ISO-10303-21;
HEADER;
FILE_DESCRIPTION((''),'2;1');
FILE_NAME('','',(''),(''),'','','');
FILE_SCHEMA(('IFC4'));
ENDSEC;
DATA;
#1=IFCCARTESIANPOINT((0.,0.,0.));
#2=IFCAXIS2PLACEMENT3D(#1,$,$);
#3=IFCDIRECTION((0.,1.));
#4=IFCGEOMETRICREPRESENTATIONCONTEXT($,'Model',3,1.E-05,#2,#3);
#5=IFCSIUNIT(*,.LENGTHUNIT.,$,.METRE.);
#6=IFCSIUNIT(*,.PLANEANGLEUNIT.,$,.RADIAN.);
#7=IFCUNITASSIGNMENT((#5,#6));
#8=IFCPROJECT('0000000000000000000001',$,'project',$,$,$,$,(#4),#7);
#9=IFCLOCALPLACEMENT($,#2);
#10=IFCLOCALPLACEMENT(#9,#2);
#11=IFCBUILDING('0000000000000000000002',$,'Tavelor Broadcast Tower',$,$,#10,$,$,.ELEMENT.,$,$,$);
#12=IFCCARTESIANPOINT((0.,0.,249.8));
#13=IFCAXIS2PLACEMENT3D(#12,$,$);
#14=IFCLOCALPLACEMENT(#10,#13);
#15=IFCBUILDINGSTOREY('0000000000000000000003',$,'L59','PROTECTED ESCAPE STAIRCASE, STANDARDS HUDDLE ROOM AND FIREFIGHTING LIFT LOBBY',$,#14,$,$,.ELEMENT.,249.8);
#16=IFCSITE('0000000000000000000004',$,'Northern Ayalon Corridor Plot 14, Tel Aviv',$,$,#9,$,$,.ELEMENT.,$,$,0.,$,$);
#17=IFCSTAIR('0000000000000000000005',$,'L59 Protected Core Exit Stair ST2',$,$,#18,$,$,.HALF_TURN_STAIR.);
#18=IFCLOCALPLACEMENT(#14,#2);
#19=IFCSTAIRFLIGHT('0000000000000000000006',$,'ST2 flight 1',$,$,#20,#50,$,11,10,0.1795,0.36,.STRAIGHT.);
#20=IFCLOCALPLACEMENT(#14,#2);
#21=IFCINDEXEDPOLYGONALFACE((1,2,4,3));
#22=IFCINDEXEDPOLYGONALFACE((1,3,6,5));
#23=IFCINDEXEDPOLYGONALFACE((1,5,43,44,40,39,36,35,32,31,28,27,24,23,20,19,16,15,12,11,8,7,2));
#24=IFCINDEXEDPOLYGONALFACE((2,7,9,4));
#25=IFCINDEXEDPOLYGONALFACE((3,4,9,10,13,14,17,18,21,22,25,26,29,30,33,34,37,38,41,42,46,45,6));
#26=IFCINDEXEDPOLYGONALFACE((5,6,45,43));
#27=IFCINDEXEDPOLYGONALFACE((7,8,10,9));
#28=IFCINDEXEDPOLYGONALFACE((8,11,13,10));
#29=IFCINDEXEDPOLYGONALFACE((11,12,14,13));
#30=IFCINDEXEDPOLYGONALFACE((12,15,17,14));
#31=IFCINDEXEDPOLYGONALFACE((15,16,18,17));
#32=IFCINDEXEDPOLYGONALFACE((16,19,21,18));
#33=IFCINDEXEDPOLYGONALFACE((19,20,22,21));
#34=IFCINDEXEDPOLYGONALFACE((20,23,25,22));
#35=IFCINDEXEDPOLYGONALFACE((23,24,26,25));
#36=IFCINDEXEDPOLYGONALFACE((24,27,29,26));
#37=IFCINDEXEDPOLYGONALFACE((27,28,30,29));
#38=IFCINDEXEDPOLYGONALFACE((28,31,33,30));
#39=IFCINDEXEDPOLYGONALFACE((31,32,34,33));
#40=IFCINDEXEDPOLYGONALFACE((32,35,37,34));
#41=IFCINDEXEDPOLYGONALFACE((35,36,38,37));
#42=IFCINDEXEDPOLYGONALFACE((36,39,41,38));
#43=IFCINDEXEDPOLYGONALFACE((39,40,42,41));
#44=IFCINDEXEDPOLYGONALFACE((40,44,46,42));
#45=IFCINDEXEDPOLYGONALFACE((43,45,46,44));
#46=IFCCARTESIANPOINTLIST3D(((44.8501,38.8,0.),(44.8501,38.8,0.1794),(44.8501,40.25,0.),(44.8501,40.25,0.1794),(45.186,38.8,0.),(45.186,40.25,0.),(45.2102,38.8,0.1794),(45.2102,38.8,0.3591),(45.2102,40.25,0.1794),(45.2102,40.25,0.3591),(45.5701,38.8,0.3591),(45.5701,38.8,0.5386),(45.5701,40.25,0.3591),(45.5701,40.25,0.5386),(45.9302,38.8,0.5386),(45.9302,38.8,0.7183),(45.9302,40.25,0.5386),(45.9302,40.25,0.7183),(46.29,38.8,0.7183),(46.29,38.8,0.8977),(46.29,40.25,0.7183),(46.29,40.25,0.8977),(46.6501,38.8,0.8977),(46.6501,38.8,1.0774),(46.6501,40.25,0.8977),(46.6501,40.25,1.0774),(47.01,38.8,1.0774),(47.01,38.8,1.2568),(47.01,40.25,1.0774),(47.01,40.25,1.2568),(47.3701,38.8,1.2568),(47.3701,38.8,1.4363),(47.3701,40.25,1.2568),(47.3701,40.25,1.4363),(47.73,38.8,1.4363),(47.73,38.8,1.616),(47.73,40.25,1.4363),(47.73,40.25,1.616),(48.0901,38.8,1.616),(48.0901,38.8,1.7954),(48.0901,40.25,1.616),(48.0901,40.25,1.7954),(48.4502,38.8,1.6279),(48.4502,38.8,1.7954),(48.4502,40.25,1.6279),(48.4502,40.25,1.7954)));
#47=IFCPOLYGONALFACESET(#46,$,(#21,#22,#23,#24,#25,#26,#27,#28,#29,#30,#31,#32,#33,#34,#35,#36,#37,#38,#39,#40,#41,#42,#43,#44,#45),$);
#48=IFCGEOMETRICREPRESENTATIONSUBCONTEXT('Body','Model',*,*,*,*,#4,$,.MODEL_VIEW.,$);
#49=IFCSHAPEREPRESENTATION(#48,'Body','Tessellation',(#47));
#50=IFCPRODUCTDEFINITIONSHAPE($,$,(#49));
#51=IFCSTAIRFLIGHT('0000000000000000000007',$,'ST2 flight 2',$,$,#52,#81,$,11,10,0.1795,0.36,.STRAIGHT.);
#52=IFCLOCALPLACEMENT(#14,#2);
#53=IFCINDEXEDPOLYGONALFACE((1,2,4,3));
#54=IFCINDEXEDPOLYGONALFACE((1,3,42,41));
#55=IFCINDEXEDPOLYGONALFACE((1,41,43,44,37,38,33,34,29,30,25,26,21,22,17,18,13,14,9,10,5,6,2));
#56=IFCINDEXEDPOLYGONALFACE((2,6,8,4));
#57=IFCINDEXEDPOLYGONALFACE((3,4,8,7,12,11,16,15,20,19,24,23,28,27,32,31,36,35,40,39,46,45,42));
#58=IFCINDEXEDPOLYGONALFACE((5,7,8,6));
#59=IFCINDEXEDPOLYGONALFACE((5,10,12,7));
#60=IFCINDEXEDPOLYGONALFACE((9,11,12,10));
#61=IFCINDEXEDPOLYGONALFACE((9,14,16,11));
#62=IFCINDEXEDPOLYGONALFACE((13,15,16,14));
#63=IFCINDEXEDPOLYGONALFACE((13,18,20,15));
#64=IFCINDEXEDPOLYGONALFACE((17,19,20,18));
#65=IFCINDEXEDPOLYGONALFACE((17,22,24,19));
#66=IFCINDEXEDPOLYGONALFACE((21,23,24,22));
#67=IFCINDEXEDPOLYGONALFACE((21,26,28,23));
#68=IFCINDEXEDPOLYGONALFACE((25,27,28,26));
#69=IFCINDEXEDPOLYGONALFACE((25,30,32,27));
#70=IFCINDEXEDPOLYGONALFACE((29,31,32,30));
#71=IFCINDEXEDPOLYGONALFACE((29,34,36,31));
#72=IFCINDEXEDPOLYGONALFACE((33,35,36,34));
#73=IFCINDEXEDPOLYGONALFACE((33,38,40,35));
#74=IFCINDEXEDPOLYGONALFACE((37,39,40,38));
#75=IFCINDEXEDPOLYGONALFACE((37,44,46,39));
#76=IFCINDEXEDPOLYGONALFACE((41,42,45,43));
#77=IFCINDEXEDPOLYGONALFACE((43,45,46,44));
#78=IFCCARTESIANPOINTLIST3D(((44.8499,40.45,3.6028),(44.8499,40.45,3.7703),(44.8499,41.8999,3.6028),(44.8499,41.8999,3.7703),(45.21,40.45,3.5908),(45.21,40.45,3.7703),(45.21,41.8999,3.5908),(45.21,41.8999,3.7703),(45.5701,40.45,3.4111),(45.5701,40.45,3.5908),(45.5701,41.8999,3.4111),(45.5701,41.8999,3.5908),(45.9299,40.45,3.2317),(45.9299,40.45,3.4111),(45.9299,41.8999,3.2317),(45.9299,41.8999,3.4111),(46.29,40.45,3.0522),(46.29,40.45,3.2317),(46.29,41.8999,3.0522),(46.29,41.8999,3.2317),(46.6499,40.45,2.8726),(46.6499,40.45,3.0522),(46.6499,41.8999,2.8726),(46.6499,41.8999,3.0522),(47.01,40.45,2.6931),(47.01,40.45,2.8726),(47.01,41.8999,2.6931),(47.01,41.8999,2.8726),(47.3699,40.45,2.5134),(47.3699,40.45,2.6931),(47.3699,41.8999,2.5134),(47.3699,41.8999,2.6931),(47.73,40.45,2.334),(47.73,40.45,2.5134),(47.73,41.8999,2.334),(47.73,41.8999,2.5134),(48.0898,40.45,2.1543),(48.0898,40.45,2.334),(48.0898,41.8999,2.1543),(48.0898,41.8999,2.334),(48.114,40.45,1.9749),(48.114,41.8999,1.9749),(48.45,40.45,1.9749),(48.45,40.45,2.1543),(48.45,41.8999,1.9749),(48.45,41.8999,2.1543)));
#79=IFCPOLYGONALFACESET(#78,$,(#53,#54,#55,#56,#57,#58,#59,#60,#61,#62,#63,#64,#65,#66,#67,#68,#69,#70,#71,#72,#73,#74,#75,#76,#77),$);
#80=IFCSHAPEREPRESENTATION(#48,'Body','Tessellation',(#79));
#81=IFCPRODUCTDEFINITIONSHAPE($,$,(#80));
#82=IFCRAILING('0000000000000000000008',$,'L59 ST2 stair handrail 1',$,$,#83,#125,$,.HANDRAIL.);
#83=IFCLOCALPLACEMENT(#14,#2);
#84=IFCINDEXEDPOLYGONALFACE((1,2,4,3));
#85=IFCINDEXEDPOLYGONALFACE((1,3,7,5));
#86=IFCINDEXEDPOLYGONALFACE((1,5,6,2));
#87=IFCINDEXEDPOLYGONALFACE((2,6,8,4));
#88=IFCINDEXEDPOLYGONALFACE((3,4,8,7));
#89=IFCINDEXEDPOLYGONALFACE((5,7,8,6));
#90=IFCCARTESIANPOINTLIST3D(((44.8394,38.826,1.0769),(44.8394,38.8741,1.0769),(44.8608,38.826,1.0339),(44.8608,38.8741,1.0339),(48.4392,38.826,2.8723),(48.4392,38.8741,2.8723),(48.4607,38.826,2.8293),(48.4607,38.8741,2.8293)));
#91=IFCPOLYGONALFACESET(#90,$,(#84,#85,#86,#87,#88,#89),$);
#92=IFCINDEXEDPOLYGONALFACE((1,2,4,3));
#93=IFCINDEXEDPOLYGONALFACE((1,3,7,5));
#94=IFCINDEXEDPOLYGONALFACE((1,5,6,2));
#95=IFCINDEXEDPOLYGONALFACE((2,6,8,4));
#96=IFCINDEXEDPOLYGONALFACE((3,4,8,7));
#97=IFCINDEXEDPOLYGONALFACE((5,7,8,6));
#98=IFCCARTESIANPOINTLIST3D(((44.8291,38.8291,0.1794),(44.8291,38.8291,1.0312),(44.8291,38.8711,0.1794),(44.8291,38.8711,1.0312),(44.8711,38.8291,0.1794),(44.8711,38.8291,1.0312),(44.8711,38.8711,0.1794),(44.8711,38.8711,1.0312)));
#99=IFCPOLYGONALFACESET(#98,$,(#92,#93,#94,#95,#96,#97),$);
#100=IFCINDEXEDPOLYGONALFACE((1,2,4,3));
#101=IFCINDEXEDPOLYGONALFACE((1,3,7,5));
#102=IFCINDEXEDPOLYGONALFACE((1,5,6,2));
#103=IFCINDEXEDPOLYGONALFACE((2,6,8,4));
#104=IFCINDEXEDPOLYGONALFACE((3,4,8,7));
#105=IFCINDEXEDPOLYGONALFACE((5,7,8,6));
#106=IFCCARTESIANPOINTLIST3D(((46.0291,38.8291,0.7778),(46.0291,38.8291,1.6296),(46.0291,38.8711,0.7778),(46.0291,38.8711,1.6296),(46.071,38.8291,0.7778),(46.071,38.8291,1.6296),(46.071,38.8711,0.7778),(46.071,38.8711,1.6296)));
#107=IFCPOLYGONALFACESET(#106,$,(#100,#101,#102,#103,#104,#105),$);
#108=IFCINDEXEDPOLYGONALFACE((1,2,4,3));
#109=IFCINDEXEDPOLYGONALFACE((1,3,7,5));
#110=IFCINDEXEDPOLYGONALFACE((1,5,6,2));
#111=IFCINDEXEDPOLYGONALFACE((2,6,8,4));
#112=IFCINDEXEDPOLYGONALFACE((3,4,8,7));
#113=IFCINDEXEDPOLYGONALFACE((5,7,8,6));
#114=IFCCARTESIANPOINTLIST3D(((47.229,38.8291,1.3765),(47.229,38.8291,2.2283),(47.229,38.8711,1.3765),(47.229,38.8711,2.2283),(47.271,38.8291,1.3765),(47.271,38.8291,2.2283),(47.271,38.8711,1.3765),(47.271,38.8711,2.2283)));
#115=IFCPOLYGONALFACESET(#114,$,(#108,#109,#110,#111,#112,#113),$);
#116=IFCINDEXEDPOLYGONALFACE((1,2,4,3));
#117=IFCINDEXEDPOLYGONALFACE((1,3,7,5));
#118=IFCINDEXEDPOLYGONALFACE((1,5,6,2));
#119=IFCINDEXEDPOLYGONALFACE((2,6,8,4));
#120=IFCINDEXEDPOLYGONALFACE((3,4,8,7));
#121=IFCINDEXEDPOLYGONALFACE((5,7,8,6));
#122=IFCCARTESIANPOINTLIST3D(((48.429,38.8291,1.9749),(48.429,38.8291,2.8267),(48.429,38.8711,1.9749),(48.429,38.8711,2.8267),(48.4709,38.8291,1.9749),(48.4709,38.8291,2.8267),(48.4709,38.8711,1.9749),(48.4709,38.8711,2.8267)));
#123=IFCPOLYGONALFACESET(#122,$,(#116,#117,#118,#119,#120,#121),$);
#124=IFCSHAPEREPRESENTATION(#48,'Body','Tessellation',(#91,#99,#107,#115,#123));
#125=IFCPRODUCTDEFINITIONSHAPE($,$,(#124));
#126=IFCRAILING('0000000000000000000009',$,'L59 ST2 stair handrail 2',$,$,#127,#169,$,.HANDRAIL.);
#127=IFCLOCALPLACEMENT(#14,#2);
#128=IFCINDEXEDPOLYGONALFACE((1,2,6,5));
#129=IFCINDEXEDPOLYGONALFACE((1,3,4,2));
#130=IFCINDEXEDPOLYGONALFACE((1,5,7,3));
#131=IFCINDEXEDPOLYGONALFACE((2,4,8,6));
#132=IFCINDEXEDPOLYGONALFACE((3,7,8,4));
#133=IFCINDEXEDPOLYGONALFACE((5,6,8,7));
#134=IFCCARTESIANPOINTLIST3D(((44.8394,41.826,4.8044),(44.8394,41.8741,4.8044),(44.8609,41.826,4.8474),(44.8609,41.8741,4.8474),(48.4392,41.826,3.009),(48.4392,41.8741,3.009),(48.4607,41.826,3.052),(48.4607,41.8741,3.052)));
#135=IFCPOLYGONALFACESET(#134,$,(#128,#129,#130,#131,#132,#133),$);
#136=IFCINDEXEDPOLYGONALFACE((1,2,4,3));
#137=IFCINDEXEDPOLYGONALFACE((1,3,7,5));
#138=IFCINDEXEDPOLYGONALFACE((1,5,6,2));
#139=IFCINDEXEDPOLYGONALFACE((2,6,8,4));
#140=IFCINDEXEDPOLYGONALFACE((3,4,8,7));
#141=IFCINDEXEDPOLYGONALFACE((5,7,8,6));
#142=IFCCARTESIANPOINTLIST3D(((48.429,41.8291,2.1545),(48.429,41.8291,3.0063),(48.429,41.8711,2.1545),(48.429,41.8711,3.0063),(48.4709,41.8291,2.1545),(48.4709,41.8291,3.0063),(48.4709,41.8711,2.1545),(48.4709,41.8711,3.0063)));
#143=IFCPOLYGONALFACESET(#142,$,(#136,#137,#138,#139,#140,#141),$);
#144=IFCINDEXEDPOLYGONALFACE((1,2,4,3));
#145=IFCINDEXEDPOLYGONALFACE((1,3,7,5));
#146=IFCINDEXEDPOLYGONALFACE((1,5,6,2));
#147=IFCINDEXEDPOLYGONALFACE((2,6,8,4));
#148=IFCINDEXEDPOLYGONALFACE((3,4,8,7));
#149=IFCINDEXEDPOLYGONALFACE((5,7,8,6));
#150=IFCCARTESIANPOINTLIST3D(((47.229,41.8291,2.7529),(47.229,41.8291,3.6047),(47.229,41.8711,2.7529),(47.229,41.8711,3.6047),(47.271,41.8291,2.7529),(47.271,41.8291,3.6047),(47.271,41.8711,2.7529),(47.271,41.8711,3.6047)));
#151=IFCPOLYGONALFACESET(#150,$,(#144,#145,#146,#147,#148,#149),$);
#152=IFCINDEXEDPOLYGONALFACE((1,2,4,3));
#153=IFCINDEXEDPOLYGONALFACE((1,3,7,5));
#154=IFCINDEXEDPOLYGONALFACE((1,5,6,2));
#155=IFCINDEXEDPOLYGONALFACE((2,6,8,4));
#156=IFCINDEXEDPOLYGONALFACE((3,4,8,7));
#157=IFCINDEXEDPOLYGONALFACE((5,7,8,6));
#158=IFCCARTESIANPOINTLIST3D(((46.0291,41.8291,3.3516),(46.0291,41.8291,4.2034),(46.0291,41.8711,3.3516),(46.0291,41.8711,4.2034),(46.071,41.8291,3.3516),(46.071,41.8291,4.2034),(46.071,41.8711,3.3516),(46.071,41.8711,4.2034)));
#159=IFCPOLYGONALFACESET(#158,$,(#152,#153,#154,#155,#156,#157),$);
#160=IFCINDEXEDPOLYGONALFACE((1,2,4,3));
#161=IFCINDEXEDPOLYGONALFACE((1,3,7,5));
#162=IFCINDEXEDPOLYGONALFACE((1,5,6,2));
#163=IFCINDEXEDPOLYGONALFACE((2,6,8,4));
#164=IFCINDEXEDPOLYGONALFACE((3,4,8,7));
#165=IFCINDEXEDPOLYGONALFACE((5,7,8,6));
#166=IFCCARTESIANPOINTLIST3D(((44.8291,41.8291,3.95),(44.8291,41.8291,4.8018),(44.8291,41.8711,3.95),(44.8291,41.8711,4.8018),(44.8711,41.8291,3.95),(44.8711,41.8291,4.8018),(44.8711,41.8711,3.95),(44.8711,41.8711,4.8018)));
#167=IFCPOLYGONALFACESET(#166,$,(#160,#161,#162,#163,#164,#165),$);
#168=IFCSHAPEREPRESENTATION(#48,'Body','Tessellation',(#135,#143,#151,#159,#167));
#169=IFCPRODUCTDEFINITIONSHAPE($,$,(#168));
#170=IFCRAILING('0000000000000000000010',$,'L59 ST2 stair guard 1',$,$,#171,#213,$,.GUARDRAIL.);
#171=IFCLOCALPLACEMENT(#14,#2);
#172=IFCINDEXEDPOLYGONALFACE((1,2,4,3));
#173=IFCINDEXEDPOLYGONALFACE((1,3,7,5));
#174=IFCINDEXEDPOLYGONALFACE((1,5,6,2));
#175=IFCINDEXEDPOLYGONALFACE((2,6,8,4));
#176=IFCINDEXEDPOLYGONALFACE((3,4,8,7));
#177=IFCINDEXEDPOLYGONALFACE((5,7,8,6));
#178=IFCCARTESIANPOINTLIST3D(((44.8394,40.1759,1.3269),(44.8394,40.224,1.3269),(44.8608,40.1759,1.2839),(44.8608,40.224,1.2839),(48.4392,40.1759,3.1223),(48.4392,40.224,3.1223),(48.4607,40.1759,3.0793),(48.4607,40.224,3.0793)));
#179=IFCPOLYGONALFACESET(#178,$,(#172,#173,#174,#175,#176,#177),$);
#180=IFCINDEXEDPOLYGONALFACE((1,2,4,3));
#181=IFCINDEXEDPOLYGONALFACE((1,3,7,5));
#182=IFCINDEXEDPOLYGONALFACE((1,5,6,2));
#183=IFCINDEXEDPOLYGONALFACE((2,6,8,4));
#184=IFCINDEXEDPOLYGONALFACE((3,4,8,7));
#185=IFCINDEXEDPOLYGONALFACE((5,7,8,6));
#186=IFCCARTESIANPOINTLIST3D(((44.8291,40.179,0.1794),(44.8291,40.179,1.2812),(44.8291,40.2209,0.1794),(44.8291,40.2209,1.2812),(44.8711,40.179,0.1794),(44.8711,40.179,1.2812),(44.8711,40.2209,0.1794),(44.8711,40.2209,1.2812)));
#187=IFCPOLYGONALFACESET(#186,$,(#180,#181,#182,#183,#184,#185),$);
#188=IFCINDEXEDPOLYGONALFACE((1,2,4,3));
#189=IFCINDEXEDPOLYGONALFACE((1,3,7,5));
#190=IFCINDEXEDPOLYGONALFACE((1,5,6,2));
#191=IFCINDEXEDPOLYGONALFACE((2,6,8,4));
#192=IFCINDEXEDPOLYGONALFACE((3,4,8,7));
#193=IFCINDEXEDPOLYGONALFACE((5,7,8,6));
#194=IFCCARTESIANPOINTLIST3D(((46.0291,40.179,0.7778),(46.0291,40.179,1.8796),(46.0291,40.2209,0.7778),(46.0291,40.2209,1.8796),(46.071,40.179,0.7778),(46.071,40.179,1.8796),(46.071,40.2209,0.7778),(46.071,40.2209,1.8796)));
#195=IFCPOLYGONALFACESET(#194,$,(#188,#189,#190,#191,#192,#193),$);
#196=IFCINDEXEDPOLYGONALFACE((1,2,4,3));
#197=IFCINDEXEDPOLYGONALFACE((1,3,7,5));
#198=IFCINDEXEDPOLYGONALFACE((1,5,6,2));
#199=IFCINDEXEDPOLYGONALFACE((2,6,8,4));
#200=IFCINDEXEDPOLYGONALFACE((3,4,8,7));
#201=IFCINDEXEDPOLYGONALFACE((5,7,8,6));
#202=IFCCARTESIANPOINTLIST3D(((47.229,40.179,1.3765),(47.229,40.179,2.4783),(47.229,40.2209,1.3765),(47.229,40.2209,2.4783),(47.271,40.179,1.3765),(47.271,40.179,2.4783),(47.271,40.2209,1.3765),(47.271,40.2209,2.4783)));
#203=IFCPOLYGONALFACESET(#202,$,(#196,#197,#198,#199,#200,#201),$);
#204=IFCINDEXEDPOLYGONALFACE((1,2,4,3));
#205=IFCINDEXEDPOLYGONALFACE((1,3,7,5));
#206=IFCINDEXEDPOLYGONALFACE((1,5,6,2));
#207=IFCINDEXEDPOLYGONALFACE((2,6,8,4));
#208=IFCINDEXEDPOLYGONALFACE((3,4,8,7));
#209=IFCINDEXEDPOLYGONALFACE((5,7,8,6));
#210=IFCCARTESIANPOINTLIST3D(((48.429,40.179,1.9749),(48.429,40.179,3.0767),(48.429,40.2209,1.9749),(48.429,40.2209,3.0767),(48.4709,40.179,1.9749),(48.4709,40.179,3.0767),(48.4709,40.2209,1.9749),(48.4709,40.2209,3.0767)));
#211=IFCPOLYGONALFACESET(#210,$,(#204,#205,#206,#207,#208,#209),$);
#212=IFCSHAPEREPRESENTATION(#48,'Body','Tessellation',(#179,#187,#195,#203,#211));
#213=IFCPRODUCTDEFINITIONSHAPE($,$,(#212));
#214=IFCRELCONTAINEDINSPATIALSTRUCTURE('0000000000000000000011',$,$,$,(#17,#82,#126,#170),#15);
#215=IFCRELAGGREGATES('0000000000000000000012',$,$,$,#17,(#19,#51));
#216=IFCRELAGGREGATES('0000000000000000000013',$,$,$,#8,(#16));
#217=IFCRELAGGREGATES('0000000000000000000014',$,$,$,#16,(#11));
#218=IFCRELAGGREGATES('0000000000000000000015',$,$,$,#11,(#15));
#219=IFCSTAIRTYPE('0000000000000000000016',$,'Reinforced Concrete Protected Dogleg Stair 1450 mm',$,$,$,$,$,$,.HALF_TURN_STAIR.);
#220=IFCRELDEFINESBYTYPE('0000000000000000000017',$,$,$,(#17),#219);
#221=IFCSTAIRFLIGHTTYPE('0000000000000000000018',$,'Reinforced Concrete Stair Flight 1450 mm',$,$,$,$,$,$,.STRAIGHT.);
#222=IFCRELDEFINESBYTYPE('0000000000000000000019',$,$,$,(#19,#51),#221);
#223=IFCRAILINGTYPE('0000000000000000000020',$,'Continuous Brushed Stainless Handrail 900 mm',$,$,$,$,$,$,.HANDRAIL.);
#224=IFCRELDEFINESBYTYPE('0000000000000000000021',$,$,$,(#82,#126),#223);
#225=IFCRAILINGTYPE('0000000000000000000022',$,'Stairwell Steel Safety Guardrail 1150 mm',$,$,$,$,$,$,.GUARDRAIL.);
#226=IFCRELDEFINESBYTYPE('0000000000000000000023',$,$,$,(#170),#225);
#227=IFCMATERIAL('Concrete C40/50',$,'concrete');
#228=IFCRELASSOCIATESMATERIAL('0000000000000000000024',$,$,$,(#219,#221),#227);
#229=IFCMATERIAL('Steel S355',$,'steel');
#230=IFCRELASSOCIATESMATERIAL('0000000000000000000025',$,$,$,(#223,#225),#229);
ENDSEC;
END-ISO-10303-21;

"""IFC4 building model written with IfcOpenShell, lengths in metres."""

from ifc_helpers import new_model, si_unit, direction, frame, origin, origin_2d, place, context, subcontext, project, spatial, polyline, rectangle, outline, extrude, material, type_object, element, aggregate, save


model = new_model("IFC4")

# Units and contexts
model_context = context("Model", 3, precision=1e-05, world=origin(), true_north=direction((0.0, 1.0)))
body_context = subcontext(model_context, "Body", "Model", "MODEL_VIEW")
ifc_project = project(units=[si_unit("LENGTHUNIT", "METRE"), si_unit("PLANEANGLEUNIT", "RADIAN")], contexts=[model_context])

# Site, building, storey
site_placement = place(None, origin())
site = spatial("IfcSite", under=ifc_project, at=site_placement, Name="Northern Ayalon Corridor Plot 14, Tel Aviv", CompositionType="ELEMENT", RefElevation=0.0)
building_placement = place(site_placement, origin())
building = spatial("IfcBuilding", under=site, at=building_placement, Name="Tavelor Broadcast Tower", CompositionType="ELEMENT")
storey_placement = place(building_placement, frame((0.0, 0.0, 249.8)))
storey = spatial("IfcBuildingStorey", under=building, at=storey_placement, Name="L59", Description="PROTECTED ESCAPE STAIRCASE, STANDARDS HUDDLE ROOM AND FIREFIGHTING LIFT LOBBY", CompositionType="ELEMENT", Elevation=249.8)

# Shared definitions
ifc_material_1 = material(Name="Concrete C40/50", Category="concrete")
ifc_material_2 = material(Name="Steel S355", Category="steel")

# Stair, stair flights
stair_type = type_object("IfcStairType", Name="Reinforced Concrete Protected Dogleg Stair 1450 mm", PredefinedType="HALF_TURN_STAIR", material=ifc_material_1)
stair_placement = place(storey_placement, origin())
stair = element("IfcStair", 1, at=stair_placement, inside=storey, type_object=stair_type, Name="L59 Protected Core Exit Stair ST2", PredefinedType="HALF_TURN_STAIR")
stair_flight_type = type_object("IfcStairFlightType", Name="Reinforced Concrete Stair Flight 1450 mm", PredefinedType="STRAIGHT", material=ifc_material_1)
stair_flight_1_placement = place(storey_placement, frame((44.8501, 39.5249, 0.0), z_axis=(0.0, 0.0, 1.0), x_axis=(1.0, 0.0, 0.0)))
stair_flight_1 = element("IfcStairFlight", 2, at=stair_flight_1_placement, type_object=stair_flight_type, Name="ST2 flight 1", NumberOfRisers=11, NumberOfTreads=10, PredefinedType="STRAIGHT", RiserHeight=0.1795, TreadLength=0.36, context=body_context, shape_type="SweptSolid", body=[
    extrude(outline(polyline([(0.0, 0.0), (0.0, 0.1794), (0.3601, 0.1794), (0.3601, 0.3591), (0.72, 0.3591), (0.72, 0.5386), (1.0801, 0.5386), (1.0801, 0.7183), (1.4399, 0.7183), (1.4399, 0.8977), (1.8, 0.8977), (1.8, 1.0774), (2.1599, 1.0774), (2.1599, 1.2568), (2.52, 1.2568), (2.52, 1.4363), (2.8799, 1.4363), (2.8799, 1.616), (3.24, 1.616), (3.24, 1.7954), (3.6001, 1.7954), (3.6001, 1.9751), (3.6001, 1.6279), (0.3359, 0.0), (0.0, 0.0)])), frame((0.0, 0.7251, 0.0), z_axis=(0.0, -1.0, 0.0), x_axis=(1.0, 0.0, 0.0)), (0.0, 0.0, 1.0), 1.45),
])
stair_flight_2_placement = place(storey_placement, frame((48.45, 41.175, 1.9749), z_axis=(0.0, 0.0, 1.0), x_axis=(-1.0, 0.0, 0.0)))
stair_flight_2 = element("IfcStairFlight", 3, at=stair_flight_2_placement, type_object=stair_flight_type, Name="ST2 flight 2", NumberOfRisers=11, NumberOfTreads=10, PredefinedType="STRAIGHT", RiserHeight=0.1795, TreadLength=0.36, context=body_context, shape_type="SweptSolid", body=[
    extrude(outline(polyline([(0.0, 0.0), (0.0, 0.1794), (0.3601, 0.1794), (0.3601, 0.3591), (0.72, 0.3591), (0.72, 0.5386), (1.0801, 0.5386), (1.0801, 0.7183), (1.4399, 0.7183), (1.4399, 0.8977), (1.8, 0.8977), (1.8, 1.0774), (2.1599, 1.0774), (2.1599, 1.2568), (2.52, 1.2568), (2.52, 1.4363), (2.8799, 1.4363), (2.8799, 1.616), (3.24, 1.616), (3.24, 1.7954), (3.6001, 1.7954), (3.6001, 1.9751), (3.6001, 1.6279), (0.3359, 0.0), (0.0, 0.0)])), frame((0.0, 0.7251, 0.0), z_axis=(0.0, -1.0, 0.0), x_axis=(1.0, 0.0, 0.0)), (0.0, 0.0, 1.0), 1.45),
])
aggregate(stair, [stair_flight_1, stair_flight_2])

# Railings
railing_type_1 = type_object("IfcRailingType", Name="Continuous Brushed Stainless Handrail 900 mm", PredefinedType="HANDRAIL", material=ifc_material_2)
railing_1_placement = place(storey_placement, frame((44.8501, 38.8501, 0.1794)))
element("IfcRailing", 4, at=railing_1_placement, inside=storey, type_object=railing_type_1, Name="L59 ST2 stair handrail 1", PredefinedType="HANDRAIL", context=body_context, shape_type="SweptSolid", body=[
    extrude(rectangle(XDim=0.0481, YDim=0.0481, at=origin_2d()), frame((0.0, 0.0, 0.876), z_axis=(0.894876, 0.0, 0.446315), x_axis=(0.0, 1.0, 0.0)), (0.0, 0.0, 1.0), 4.0227),
    extrude(rectangle(XDim=0.042, YDim=0.042, at=origin_2d()), origin(), (0.0, 0.0, 1.0), 0.8518),
    extrude(rectangle(XDim=0.042, YDim=0.042, at=origin_2d()), frame((1.2, 0.0, 0.5984)), (0.0, 0.0, 1.0), 0.8518),
    extrude(rectangle(XDim=0.042, YDim=0.042, at=origin_2d()), frame((2.3999, 0.0, 1.197)), (0.0, 0.0, 1.0), 0.8518),
    extrude(rectangle(XDim=0.042, YDim=0.042, at=origin_2d()), frame((3.5999, 0.0, 1.7954)), (0.0, 0.0, 1.0), 0.8518),
])
railing_2_placement = place(storey_placement, frame((48.45, 41.8501, 2.1545)))
element("IfcRailing", 5, at=railing_2_placement, inside=storey, type_object=railing_type_1, Name="L59 ST2 stair handrail 2", PredefinedType="HANDRAIL", context=body_context, shape_type="SweptSolid", body=[
    extrude(rectangle(XDim=0.0481, YDim=0.0481, at=origin_2d()), frame((0.0, 0.0, 0.876), z_axis=(-0.894876, 0.0, 0.446315), x_axis=(0.0, -1.0, 0.0)), (0.0, 0.0, 1.0), 4.0227),
    extrude(rectangle(XDim=0.042, YDim=0.042, at=origin_2d()), origin(), (0.0, 0.0, 1.0), 0.8518),
    extrude(rectangle(XDim=0.042, YDim=0.042, at=origin_2d()), frame((-1.2, 0.0, 0.5984)), (0.0, 0.0, 1.0), 0.8518),
    extrude(rectangle(XDim=0.042, YDim=0.042, at=origin_2d()), frame((-2.3999, 0.0, 1.197)), (0.0, 0.0, 1.0), 0.8518),
    extrude(rectangle(XDim=0.042, YDim=0.042, at=origin_2d()), frame((-3.5999, 0.0, 1.7954)), (0.0, 0.0, 1.0), 0.8518),
])
railing_type_2 = type_object("IfcRailingType", Name="Stairwell Steel Safety Guardrail 1150 mm", PredefinedType="GUARDRAIL", material=ifc_material_2)
railing_3_placement = place(storey_placement, frame((44.8501, 40.2, 0.1794)))
element("IfcRailing", 6, at=railing_3_placement, inside=storey, type_object=railing_type_2, Name="L59 ST2 stair guard 1", PredefinedType="GUARDRAIL", context=body_context, shape_type="SweptSolid", body=[
    extrude(rectangle(XDim=0.0481, YDim=0.0481, at=origin_2d()), frame((0.0, 0.0, 1.126), z_axis=(0.894876, 0.0, 0.446315), x_axis=(0.0, 1.0, 0.0)), (0.0, 0.0, 1.0), 4.0227),
    extrude(rectangle(XDim=0.042, YDim=0.042, at=origin_2d()), origin(), (0.0, 0.0, 1.0), 1.1018),
    extrude(rectangle(XDim=0.042, YDim=0.042, at=origin_2d()), frame((1.2, 0.0, 0.5984)), (0.0, 0.0, 1.0), 1.1018),
    extrude(rectangle(XDim=0.042, YDim=0.042, at=origin_2d()), frame((2.3999, 0.0, 1.197)), (0.0, 0.0, 1.0), 1.1018),
    extrude(rectangle(XDim=0.042, YDim=0.042, at=origin_2d()), frame((3.5999, 0.0, 1.7954)), (0.0, 0.0, 1.0), 1.1018),
])

save(model, "model.ifc")
